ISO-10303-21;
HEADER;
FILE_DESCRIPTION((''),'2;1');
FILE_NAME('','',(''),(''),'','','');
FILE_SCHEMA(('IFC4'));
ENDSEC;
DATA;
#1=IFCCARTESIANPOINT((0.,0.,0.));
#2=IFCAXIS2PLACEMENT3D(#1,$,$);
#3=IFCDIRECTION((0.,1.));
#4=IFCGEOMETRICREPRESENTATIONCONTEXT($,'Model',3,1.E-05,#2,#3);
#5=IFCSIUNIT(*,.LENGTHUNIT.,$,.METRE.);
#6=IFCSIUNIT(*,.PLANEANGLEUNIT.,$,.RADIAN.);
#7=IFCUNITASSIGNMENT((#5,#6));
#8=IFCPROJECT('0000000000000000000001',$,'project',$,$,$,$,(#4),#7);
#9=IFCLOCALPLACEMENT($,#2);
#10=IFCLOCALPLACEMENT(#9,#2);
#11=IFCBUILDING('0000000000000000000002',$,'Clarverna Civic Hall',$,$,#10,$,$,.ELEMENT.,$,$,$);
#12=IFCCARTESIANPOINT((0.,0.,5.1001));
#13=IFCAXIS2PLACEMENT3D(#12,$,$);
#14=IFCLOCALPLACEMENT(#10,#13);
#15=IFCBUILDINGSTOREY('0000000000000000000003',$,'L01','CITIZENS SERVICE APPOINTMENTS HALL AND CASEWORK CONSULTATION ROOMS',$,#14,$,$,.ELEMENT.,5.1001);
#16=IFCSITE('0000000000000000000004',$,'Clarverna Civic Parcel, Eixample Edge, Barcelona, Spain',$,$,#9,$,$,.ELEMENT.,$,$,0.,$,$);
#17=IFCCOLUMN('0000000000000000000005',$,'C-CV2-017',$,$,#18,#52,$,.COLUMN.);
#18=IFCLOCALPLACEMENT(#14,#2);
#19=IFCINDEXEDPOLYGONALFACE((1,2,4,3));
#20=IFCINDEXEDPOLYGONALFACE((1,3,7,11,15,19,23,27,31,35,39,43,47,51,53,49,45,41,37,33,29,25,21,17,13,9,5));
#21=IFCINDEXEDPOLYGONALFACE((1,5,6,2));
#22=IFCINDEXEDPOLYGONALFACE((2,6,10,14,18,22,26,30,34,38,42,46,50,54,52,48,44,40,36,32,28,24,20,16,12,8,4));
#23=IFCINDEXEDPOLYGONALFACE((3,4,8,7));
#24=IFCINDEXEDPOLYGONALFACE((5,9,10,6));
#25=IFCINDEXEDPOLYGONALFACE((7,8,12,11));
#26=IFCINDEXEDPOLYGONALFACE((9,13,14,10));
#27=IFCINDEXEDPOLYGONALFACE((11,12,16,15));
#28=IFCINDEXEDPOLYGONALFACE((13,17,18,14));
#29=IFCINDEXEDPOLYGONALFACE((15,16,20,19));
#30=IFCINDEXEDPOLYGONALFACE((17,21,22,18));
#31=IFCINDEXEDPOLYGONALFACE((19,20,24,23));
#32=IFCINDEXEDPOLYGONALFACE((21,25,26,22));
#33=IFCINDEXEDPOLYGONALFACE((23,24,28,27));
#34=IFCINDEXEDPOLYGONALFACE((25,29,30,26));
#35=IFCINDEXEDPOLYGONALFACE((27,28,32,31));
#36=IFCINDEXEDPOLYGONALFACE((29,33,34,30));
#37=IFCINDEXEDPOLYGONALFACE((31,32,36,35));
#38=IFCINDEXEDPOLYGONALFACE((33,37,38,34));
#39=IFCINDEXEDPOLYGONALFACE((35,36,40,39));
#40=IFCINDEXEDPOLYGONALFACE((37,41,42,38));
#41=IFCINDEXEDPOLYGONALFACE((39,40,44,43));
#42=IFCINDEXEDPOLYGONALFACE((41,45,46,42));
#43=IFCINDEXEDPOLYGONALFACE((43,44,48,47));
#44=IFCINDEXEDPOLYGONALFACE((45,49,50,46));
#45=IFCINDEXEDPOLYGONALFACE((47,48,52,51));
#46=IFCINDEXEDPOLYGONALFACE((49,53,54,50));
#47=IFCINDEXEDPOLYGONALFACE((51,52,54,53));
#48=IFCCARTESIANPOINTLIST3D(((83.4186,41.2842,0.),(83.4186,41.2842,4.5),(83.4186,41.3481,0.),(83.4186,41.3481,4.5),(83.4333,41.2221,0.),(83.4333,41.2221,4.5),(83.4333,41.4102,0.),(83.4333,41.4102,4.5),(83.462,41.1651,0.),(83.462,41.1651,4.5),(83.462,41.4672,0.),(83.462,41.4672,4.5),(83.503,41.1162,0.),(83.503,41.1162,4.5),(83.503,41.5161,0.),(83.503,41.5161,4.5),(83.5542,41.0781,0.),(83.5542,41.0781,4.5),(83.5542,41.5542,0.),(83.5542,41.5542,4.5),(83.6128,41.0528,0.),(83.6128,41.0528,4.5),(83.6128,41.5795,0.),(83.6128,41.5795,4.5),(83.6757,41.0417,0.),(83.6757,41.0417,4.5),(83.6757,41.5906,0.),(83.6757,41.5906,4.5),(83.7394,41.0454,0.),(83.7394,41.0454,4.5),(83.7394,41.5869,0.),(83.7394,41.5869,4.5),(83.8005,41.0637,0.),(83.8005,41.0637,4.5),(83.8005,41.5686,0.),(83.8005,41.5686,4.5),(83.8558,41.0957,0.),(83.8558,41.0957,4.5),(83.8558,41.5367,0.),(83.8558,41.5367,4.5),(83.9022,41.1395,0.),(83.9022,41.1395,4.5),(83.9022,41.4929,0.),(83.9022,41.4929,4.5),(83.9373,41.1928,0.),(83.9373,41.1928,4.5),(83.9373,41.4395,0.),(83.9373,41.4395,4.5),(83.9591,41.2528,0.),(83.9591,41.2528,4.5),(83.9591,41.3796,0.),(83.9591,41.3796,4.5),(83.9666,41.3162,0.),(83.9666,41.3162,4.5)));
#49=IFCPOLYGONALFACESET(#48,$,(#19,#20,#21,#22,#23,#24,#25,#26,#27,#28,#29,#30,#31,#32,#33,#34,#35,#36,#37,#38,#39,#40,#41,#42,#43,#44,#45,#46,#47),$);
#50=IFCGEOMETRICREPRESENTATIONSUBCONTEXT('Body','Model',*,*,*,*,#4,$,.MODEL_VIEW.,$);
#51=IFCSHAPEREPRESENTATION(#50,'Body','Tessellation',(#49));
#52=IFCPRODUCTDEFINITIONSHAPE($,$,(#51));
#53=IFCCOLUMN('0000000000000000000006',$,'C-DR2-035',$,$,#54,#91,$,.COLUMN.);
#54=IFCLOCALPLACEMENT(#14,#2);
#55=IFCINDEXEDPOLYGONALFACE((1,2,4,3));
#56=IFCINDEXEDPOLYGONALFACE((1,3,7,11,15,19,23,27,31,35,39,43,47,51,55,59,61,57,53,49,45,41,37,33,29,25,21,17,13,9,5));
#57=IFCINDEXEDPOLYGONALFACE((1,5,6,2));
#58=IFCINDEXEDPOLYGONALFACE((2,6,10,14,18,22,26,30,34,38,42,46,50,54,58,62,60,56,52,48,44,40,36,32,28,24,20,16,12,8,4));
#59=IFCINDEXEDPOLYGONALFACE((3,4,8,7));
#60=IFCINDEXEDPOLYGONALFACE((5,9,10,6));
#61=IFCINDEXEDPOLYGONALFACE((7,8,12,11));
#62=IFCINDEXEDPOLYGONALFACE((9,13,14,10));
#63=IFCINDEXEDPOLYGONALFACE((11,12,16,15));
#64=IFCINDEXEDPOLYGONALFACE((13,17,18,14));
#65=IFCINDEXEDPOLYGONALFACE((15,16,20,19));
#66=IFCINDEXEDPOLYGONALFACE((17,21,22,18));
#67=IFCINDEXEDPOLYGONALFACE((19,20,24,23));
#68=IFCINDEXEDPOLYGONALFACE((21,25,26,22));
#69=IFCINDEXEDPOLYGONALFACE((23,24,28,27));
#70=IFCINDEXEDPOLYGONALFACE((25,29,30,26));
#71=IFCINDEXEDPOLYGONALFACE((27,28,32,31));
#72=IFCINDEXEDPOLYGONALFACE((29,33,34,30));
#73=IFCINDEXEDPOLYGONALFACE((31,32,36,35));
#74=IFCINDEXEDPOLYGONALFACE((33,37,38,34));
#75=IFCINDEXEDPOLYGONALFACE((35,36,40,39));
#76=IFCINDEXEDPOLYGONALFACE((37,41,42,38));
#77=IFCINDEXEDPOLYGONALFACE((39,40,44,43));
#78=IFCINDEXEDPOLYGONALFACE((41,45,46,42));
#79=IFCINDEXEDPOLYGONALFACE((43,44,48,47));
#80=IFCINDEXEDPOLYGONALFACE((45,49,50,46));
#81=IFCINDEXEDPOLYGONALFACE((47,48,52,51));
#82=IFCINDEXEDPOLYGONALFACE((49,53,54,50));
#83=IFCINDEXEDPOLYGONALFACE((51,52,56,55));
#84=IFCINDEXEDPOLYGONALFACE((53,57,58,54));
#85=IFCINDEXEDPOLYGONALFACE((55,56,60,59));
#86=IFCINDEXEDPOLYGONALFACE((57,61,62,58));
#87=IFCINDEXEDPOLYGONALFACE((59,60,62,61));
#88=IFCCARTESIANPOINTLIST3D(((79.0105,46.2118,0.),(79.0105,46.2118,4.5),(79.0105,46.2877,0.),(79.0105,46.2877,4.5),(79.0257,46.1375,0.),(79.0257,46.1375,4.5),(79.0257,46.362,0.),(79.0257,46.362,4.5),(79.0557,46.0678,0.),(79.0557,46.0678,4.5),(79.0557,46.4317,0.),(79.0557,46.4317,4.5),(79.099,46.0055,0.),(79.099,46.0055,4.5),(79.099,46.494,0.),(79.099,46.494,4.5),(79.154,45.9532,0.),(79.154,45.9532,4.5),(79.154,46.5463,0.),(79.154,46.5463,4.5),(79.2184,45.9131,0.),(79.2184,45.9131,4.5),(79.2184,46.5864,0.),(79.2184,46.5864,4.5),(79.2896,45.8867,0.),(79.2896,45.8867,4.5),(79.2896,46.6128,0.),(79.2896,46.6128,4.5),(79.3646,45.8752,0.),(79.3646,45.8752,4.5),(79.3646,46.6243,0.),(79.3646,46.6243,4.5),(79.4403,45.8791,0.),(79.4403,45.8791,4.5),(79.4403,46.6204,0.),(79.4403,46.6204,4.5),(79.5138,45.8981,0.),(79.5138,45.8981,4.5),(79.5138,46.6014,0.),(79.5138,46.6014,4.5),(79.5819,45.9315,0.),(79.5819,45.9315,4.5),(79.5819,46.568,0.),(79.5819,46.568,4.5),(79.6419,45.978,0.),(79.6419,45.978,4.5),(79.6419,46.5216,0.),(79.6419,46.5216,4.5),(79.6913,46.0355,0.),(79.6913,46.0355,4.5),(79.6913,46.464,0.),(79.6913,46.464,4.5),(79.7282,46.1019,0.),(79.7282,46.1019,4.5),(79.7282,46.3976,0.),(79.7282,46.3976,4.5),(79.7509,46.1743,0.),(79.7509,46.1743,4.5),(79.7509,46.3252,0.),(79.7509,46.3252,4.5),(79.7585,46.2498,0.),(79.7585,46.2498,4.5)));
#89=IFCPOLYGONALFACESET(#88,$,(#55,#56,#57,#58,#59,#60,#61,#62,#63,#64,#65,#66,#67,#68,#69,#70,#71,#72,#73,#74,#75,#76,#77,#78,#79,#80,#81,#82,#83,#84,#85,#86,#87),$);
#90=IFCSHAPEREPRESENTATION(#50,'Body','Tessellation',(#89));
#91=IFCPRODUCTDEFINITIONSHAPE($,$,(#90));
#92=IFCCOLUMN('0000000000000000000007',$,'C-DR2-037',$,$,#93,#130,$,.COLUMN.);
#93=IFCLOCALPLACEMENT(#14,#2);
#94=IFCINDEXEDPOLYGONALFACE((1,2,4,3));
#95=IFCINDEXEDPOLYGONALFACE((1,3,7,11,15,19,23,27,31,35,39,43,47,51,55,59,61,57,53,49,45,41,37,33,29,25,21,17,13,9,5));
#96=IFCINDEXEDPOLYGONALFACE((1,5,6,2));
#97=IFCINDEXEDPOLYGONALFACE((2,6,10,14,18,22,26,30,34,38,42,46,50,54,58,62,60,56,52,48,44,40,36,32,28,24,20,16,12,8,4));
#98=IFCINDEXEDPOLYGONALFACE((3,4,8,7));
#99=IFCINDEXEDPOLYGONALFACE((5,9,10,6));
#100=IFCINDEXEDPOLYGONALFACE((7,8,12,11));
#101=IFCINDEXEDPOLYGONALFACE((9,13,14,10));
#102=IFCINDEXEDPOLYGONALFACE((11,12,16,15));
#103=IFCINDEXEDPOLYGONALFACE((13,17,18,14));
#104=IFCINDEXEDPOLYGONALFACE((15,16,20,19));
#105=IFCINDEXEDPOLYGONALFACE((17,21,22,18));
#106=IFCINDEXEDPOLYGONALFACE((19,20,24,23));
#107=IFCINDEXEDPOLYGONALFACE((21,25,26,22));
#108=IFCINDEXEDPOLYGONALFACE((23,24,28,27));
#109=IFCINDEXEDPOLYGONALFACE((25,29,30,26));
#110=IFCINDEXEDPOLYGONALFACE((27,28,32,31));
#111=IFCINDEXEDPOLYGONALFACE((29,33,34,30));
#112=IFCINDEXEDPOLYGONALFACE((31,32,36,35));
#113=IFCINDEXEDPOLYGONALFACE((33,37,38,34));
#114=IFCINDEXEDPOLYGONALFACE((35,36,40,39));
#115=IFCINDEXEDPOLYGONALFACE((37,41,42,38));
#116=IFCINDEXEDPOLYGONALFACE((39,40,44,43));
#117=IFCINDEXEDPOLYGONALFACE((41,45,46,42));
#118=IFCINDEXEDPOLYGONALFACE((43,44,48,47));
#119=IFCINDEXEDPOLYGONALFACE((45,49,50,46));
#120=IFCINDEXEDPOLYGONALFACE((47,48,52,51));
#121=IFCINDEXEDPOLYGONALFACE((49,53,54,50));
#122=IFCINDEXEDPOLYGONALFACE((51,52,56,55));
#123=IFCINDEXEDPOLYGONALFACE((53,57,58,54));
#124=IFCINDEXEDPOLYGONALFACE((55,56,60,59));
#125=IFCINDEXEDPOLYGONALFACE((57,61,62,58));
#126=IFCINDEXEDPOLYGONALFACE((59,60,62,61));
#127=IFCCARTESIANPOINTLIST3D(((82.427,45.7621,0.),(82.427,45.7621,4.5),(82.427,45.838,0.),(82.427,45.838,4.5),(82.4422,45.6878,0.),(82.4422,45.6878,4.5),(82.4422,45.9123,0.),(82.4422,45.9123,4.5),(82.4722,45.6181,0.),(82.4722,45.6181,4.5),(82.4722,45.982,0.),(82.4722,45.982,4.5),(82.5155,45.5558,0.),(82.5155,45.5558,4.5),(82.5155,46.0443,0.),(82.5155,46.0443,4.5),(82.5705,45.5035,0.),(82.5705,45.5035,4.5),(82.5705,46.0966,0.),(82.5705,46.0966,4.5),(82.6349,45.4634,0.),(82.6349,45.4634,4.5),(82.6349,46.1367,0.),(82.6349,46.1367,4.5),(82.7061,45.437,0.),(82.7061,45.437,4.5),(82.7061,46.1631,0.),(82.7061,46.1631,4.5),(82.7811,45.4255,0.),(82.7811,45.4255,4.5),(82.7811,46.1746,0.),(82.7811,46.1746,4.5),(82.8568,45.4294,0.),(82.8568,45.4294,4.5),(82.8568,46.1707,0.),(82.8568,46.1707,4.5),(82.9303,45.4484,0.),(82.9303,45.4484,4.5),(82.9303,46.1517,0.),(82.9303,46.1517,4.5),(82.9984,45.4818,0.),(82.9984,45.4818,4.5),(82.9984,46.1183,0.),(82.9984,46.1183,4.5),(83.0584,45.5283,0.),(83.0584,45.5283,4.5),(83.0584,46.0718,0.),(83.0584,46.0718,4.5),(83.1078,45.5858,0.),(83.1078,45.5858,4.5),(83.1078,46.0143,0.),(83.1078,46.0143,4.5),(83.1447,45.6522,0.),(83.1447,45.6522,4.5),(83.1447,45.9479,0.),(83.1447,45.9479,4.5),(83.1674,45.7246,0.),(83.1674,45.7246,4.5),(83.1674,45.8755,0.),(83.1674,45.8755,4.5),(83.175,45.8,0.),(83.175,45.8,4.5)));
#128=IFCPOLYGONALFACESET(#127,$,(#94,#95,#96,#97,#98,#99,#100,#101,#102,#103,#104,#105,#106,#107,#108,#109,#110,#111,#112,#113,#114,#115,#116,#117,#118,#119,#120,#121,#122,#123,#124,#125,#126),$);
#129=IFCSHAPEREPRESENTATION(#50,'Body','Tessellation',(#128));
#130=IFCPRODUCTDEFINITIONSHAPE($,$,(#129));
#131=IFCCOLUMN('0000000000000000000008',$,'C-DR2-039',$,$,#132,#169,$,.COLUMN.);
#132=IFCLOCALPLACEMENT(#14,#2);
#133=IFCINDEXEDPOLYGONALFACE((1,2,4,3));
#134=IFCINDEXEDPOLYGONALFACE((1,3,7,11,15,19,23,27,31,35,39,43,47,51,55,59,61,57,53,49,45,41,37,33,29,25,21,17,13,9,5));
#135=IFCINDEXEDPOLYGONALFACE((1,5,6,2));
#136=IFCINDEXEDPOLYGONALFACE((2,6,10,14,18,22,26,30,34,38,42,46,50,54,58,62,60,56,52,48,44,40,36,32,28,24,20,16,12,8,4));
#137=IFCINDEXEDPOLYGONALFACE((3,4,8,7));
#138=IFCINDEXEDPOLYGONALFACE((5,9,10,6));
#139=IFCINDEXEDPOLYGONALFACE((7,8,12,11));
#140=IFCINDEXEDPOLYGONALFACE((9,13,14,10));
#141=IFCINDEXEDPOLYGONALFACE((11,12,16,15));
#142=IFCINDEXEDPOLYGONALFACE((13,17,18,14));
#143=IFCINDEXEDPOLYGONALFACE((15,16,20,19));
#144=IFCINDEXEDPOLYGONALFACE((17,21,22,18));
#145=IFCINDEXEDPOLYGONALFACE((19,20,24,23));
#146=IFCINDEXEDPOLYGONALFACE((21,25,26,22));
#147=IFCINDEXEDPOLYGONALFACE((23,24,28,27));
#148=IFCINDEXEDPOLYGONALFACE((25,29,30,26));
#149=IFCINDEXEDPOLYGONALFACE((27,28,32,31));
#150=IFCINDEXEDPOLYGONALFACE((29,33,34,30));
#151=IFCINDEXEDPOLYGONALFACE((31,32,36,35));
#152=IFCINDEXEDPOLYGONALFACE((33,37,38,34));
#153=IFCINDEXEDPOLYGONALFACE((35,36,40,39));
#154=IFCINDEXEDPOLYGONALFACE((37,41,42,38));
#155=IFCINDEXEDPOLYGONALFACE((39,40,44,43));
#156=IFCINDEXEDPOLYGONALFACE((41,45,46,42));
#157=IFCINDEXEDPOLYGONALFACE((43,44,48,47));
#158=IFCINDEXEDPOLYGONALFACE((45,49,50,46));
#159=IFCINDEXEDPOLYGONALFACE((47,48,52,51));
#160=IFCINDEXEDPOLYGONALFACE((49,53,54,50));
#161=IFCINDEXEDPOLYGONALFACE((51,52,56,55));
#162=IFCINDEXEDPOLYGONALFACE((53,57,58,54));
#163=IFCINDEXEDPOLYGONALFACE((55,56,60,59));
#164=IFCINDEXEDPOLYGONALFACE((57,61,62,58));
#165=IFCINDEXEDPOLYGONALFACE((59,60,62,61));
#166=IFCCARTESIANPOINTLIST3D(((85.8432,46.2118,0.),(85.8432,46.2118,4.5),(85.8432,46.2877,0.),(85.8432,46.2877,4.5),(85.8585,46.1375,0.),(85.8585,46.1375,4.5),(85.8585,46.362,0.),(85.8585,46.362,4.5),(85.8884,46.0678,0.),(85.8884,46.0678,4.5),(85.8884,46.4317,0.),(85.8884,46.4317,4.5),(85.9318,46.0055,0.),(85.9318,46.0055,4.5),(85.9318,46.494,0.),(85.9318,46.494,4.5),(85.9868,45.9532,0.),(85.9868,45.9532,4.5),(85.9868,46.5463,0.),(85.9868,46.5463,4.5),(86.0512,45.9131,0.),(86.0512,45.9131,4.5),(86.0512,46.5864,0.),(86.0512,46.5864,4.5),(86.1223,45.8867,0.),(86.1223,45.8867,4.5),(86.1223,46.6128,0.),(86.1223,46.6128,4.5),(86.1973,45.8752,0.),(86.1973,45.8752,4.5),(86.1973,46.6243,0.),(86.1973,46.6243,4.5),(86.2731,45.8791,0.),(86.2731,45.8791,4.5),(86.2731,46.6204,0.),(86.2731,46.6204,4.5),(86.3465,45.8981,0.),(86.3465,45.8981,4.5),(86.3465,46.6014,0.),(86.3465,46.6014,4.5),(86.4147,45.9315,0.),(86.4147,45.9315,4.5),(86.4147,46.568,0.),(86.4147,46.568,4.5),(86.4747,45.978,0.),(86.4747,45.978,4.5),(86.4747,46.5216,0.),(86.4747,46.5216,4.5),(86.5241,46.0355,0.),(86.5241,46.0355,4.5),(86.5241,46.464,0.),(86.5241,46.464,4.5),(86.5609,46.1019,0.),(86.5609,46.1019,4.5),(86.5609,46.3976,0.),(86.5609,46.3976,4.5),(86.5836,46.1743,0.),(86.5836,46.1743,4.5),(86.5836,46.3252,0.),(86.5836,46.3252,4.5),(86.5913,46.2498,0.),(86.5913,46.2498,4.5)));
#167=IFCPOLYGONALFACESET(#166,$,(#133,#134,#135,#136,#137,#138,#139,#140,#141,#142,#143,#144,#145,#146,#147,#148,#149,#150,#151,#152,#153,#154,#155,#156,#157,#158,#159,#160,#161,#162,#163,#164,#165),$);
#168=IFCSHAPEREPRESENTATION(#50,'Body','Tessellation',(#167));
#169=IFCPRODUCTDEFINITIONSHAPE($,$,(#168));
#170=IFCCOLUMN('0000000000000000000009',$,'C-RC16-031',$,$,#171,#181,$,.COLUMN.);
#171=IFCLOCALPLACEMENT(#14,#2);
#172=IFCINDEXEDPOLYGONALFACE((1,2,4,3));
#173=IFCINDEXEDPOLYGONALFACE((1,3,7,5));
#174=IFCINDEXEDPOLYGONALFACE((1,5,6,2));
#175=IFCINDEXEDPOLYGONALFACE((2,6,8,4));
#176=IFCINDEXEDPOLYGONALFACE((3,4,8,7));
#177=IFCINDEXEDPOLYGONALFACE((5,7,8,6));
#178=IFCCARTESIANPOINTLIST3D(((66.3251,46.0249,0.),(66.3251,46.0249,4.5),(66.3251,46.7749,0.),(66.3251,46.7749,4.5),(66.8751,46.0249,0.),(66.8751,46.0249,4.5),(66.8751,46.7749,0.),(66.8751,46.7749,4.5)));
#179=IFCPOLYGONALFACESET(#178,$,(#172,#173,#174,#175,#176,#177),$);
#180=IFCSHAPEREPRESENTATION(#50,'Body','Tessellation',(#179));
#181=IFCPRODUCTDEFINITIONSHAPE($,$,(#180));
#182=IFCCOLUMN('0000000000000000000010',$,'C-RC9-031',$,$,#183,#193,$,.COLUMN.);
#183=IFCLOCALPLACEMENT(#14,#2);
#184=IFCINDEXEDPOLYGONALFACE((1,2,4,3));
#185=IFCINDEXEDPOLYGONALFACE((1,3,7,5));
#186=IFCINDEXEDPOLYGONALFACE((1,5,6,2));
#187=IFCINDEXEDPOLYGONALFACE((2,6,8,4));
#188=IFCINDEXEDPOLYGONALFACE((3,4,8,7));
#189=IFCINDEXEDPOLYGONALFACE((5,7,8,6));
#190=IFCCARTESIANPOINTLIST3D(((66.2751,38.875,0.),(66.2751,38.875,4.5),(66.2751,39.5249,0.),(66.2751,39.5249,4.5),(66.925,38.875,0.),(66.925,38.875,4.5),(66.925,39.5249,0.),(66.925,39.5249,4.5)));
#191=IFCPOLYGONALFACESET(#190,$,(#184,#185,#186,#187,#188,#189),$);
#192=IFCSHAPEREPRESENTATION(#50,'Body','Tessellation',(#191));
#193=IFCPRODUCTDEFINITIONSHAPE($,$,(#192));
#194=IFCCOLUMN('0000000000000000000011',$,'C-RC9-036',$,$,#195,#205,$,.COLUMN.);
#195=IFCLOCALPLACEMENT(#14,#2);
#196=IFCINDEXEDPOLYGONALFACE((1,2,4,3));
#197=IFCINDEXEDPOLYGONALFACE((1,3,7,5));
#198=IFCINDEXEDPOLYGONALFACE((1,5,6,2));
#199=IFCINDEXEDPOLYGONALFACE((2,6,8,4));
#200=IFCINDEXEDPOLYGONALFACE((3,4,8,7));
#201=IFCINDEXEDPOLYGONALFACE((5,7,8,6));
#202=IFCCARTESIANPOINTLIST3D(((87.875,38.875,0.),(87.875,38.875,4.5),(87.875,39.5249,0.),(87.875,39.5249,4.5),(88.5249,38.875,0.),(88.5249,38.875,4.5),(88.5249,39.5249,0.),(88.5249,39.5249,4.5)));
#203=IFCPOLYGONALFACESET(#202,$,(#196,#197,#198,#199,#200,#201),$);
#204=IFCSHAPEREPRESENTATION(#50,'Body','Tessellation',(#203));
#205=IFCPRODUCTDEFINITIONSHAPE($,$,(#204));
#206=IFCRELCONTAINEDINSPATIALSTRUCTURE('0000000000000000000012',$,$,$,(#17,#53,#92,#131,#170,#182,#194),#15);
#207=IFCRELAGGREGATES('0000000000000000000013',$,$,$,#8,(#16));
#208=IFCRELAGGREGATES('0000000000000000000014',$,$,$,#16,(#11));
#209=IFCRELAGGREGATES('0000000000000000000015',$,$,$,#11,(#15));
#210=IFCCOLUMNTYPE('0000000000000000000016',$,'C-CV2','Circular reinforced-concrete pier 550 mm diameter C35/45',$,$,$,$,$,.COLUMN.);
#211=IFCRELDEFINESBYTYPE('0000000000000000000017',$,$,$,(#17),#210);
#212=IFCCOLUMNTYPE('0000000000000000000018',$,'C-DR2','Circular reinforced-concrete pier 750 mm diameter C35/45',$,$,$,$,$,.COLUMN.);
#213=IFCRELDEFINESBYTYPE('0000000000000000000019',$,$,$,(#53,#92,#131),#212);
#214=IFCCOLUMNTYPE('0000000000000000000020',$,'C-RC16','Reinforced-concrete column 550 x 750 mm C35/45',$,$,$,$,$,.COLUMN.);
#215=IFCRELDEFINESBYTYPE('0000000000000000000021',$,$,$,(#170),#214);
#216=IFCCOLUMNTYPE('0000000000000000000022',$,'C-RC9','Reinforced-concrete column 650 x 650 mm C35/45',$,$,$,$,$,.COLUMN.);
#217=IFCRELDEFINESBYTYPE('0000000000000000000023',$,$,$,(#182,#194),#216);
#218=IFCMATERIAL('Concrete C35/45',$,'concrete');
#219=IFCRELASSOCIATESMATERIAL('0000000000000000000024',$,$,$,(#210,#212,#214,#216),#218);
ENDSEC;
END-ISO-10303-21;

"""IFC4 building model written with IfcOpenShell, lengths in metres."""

from ifc_helpers import new_model, si_unit, direction, frame, origin, origin_2d, place, context, subcontext, project, spatial, rectangle, circle, extrude, material, material_profile, profile_set, type_object, element, save


model = new_model("IFC4")

# Units and contexts
model_context = context("Model", 3, precision=1e-05, world=origin(), true_north=direction((0.0, 1.0)))
body_context = subcontext(model_context, "Body", "Model", "MODEL_VIEW")
ifc_project = project(units=[si_unit("LENGTHUNIT", "METRE"), si_unit("PLANEANGLEUNIT", "RADIAN")], contexts=[model_context])

# Site, building, storey
site_placement = place(None, origin())
site = spatial("IfcSite", under=ifc_project, at=site_placement, Name="Clarverna Civic Parcel, Eixample Edge, Barcelona, Spain", CompositionType="ELEMENT", RefElevation=0.0)
building_placement = place(site_placement, origin())
building = spatial("IfcBuilding", under=site, at=building_placement, Name="Clarverna Civic Hall", CompositionType="ELEMENT")
storey_placement = place(building_placement, frame((0.0, 0.0, 5.1001)))
storey = spatial("IfcBuildingStorey", under=building, at=storey_placement, Name="L01", Description="CITIZENS SERVICE APPOINTMENTS HALL AND CASEWORK CONSULTATION ROOMS", CompositionType="ELEMENT", Elevation=5.1001)

# Columns
ifc_material_1 = material(Name="Concrete C35/45", Category="concrete")
ifc_material_profile_1 = material_profile(ifc_material_1, circle(Radius=0.2749, at=origin_2d()), Name="RC D550")
ifc_profile_set_1 = profile_set([ifc_material_profile_1], Name="Concrete C35/45")
column_type_1 = type_object("IfcColumnType", Name="C-CV2", Description="Circular reinforced-concrete pier 550 mm diameter C35/45", PredefinedType="COLUMN", material=ifc_profile_set_1)
column_1_placement = place(storey_placement, frame((83.6917, 41.3162, 0.0), z_axis=(0.0, 0.0, 1.0), x_axis=(1.0, 0.0, 0.0)))
element("IfcColumn", 1, at=column_1_placement, inside=storey, type_object=column_type_1, Name="C-CV2-017", PredefinedType="COLUMN", context=body_context, shape_type="SweptSolid", body=[
    extrude(circle(Radius=0.2749, at=origin_2d()), origin(), (0.0, 0.0, 1.0), 4.5),
])
ifc_material_profile_2 = material_profile(ifc_material_1, circle(Radius=0.375, at=origin_2d()), Name="RC D750")
ifc_profile_set_2 = profile_set([ifc_material_profile_2], Name="Concrete C35/45")
column_type_2 = type_object("IfcColumnType", Name="C-DR2", Description="Circular reinforced-concrete pier 750 mm diameter C35/45", PredefinedType="COLUMN", material=ifc_profile_set_2)
for number, where, z_axis, x_axis, name in (
    (2, (79.3835, 46.2498, 0.0), (0.0, 0.0, 1.0), (1.0, 0.0, 0.0), "C-DR2-035"),
    (3, (82.8, 45.8, 0.0), (0.0, 0.0, 1.0), (1.0, 0.0, 0.0), "C-DR2-037"),
    (4, (86.2163, 46.2498, 0.0), (0.0, 0.0, 1.0), (1.0, 0.0, 0.0), "C-DR2-039"),
):
    element("IfcColumn", number, at=place(storey_placement, frame(where, z_axis=z_axis, x_axis=x_axis)), inside=storey, type_object=column_type_2, Name=name, PredefinedType="COLUMN", context=body_context, shape_type="SweptSolid", body=[
        extrude(circle(Radius=0.375, at=origin_2d()), origin(), (0.0, 0.0, 1.0), 4.5),
    ])
ifc_material_profile_3 = material_profile(ifc_material_1, rectangle(XDim=0.55, YDim=0.75, at=origin_2d()), Name="RC 550x750")
ifc_profile_set_3 = profile_set([ifc_material_profile_3], Name="Concrete C35/45")
column_type_3 = type_object("IfcColumnType", Name="C-RC16", Description="Reinforced-concrete column 550 x 750 mm C35/45", PredefinedType="COLUMN", material=ifc_profile_set_3)
column_2_placement = place(storey_placement, frame((66.6001, 46.3999, 0.0), z_axis=(0.0, 0.0, 1.0), x_axis=(1.0, 0.0, 0.0)))
element("IfcColumn", 5, at=column_2_placement, inside=storey, type_object=column_type_3, Name="C-RC16-031", PredefinedType="COLUMN", context=body_context, shape_type="SweptSolid", body=[
    extrude(rectangle(XDim=0.55, YDim=0.75, at=origin_2d()), origin(), (0.0, 0.0, 1.0), 4.5),
])
ifc_material_profile_4 = material_profile(ifc_material_1, rectangle(XDim=0.6499, YDim=0.6499, at=origin_2d()), Name="RC 650x650")
ifc_profile_set_4 = profile_set([ifc_material_profile_4], Name="Concrete C35/45")
column_type_4 = type_object("IfcColumnType", Name="C-RC9", Description="Reinforced-concrete column 650 x 650 mm C35/45", PredefinedType="COLUMN", material=ifc_profile_set_4)
for number, where, z_axis, x_axis, name in (
    (6, (66.6001, 39.2, 0.0), (0.0, 0.0, 1.0), (1.0, 0.0, 0.0), "C-RC9-031"),
    (7, (88.2, 39.2, 0.0), (0.0, 0.0, 1.0), (1.0, 0.0, 0.0), "C-RC9-036"),
):
    element("IfcColumn", number, at=place(storey_placement, frame(where, z_axis=z_axis, x_axis=x_axis)), inside=storey, type_object=column_type_4, Name=name, PredefinedType="COLUMN", context=body_context, shape_type="SweptSolid", body=[
        extrude(rectangle(XDim=0.6499, YDim=0.6499, at=origin_2d()), origin(), (0.0, 0.0, 1.0), 4.5),
    ])

save(model, "model.ifc")
